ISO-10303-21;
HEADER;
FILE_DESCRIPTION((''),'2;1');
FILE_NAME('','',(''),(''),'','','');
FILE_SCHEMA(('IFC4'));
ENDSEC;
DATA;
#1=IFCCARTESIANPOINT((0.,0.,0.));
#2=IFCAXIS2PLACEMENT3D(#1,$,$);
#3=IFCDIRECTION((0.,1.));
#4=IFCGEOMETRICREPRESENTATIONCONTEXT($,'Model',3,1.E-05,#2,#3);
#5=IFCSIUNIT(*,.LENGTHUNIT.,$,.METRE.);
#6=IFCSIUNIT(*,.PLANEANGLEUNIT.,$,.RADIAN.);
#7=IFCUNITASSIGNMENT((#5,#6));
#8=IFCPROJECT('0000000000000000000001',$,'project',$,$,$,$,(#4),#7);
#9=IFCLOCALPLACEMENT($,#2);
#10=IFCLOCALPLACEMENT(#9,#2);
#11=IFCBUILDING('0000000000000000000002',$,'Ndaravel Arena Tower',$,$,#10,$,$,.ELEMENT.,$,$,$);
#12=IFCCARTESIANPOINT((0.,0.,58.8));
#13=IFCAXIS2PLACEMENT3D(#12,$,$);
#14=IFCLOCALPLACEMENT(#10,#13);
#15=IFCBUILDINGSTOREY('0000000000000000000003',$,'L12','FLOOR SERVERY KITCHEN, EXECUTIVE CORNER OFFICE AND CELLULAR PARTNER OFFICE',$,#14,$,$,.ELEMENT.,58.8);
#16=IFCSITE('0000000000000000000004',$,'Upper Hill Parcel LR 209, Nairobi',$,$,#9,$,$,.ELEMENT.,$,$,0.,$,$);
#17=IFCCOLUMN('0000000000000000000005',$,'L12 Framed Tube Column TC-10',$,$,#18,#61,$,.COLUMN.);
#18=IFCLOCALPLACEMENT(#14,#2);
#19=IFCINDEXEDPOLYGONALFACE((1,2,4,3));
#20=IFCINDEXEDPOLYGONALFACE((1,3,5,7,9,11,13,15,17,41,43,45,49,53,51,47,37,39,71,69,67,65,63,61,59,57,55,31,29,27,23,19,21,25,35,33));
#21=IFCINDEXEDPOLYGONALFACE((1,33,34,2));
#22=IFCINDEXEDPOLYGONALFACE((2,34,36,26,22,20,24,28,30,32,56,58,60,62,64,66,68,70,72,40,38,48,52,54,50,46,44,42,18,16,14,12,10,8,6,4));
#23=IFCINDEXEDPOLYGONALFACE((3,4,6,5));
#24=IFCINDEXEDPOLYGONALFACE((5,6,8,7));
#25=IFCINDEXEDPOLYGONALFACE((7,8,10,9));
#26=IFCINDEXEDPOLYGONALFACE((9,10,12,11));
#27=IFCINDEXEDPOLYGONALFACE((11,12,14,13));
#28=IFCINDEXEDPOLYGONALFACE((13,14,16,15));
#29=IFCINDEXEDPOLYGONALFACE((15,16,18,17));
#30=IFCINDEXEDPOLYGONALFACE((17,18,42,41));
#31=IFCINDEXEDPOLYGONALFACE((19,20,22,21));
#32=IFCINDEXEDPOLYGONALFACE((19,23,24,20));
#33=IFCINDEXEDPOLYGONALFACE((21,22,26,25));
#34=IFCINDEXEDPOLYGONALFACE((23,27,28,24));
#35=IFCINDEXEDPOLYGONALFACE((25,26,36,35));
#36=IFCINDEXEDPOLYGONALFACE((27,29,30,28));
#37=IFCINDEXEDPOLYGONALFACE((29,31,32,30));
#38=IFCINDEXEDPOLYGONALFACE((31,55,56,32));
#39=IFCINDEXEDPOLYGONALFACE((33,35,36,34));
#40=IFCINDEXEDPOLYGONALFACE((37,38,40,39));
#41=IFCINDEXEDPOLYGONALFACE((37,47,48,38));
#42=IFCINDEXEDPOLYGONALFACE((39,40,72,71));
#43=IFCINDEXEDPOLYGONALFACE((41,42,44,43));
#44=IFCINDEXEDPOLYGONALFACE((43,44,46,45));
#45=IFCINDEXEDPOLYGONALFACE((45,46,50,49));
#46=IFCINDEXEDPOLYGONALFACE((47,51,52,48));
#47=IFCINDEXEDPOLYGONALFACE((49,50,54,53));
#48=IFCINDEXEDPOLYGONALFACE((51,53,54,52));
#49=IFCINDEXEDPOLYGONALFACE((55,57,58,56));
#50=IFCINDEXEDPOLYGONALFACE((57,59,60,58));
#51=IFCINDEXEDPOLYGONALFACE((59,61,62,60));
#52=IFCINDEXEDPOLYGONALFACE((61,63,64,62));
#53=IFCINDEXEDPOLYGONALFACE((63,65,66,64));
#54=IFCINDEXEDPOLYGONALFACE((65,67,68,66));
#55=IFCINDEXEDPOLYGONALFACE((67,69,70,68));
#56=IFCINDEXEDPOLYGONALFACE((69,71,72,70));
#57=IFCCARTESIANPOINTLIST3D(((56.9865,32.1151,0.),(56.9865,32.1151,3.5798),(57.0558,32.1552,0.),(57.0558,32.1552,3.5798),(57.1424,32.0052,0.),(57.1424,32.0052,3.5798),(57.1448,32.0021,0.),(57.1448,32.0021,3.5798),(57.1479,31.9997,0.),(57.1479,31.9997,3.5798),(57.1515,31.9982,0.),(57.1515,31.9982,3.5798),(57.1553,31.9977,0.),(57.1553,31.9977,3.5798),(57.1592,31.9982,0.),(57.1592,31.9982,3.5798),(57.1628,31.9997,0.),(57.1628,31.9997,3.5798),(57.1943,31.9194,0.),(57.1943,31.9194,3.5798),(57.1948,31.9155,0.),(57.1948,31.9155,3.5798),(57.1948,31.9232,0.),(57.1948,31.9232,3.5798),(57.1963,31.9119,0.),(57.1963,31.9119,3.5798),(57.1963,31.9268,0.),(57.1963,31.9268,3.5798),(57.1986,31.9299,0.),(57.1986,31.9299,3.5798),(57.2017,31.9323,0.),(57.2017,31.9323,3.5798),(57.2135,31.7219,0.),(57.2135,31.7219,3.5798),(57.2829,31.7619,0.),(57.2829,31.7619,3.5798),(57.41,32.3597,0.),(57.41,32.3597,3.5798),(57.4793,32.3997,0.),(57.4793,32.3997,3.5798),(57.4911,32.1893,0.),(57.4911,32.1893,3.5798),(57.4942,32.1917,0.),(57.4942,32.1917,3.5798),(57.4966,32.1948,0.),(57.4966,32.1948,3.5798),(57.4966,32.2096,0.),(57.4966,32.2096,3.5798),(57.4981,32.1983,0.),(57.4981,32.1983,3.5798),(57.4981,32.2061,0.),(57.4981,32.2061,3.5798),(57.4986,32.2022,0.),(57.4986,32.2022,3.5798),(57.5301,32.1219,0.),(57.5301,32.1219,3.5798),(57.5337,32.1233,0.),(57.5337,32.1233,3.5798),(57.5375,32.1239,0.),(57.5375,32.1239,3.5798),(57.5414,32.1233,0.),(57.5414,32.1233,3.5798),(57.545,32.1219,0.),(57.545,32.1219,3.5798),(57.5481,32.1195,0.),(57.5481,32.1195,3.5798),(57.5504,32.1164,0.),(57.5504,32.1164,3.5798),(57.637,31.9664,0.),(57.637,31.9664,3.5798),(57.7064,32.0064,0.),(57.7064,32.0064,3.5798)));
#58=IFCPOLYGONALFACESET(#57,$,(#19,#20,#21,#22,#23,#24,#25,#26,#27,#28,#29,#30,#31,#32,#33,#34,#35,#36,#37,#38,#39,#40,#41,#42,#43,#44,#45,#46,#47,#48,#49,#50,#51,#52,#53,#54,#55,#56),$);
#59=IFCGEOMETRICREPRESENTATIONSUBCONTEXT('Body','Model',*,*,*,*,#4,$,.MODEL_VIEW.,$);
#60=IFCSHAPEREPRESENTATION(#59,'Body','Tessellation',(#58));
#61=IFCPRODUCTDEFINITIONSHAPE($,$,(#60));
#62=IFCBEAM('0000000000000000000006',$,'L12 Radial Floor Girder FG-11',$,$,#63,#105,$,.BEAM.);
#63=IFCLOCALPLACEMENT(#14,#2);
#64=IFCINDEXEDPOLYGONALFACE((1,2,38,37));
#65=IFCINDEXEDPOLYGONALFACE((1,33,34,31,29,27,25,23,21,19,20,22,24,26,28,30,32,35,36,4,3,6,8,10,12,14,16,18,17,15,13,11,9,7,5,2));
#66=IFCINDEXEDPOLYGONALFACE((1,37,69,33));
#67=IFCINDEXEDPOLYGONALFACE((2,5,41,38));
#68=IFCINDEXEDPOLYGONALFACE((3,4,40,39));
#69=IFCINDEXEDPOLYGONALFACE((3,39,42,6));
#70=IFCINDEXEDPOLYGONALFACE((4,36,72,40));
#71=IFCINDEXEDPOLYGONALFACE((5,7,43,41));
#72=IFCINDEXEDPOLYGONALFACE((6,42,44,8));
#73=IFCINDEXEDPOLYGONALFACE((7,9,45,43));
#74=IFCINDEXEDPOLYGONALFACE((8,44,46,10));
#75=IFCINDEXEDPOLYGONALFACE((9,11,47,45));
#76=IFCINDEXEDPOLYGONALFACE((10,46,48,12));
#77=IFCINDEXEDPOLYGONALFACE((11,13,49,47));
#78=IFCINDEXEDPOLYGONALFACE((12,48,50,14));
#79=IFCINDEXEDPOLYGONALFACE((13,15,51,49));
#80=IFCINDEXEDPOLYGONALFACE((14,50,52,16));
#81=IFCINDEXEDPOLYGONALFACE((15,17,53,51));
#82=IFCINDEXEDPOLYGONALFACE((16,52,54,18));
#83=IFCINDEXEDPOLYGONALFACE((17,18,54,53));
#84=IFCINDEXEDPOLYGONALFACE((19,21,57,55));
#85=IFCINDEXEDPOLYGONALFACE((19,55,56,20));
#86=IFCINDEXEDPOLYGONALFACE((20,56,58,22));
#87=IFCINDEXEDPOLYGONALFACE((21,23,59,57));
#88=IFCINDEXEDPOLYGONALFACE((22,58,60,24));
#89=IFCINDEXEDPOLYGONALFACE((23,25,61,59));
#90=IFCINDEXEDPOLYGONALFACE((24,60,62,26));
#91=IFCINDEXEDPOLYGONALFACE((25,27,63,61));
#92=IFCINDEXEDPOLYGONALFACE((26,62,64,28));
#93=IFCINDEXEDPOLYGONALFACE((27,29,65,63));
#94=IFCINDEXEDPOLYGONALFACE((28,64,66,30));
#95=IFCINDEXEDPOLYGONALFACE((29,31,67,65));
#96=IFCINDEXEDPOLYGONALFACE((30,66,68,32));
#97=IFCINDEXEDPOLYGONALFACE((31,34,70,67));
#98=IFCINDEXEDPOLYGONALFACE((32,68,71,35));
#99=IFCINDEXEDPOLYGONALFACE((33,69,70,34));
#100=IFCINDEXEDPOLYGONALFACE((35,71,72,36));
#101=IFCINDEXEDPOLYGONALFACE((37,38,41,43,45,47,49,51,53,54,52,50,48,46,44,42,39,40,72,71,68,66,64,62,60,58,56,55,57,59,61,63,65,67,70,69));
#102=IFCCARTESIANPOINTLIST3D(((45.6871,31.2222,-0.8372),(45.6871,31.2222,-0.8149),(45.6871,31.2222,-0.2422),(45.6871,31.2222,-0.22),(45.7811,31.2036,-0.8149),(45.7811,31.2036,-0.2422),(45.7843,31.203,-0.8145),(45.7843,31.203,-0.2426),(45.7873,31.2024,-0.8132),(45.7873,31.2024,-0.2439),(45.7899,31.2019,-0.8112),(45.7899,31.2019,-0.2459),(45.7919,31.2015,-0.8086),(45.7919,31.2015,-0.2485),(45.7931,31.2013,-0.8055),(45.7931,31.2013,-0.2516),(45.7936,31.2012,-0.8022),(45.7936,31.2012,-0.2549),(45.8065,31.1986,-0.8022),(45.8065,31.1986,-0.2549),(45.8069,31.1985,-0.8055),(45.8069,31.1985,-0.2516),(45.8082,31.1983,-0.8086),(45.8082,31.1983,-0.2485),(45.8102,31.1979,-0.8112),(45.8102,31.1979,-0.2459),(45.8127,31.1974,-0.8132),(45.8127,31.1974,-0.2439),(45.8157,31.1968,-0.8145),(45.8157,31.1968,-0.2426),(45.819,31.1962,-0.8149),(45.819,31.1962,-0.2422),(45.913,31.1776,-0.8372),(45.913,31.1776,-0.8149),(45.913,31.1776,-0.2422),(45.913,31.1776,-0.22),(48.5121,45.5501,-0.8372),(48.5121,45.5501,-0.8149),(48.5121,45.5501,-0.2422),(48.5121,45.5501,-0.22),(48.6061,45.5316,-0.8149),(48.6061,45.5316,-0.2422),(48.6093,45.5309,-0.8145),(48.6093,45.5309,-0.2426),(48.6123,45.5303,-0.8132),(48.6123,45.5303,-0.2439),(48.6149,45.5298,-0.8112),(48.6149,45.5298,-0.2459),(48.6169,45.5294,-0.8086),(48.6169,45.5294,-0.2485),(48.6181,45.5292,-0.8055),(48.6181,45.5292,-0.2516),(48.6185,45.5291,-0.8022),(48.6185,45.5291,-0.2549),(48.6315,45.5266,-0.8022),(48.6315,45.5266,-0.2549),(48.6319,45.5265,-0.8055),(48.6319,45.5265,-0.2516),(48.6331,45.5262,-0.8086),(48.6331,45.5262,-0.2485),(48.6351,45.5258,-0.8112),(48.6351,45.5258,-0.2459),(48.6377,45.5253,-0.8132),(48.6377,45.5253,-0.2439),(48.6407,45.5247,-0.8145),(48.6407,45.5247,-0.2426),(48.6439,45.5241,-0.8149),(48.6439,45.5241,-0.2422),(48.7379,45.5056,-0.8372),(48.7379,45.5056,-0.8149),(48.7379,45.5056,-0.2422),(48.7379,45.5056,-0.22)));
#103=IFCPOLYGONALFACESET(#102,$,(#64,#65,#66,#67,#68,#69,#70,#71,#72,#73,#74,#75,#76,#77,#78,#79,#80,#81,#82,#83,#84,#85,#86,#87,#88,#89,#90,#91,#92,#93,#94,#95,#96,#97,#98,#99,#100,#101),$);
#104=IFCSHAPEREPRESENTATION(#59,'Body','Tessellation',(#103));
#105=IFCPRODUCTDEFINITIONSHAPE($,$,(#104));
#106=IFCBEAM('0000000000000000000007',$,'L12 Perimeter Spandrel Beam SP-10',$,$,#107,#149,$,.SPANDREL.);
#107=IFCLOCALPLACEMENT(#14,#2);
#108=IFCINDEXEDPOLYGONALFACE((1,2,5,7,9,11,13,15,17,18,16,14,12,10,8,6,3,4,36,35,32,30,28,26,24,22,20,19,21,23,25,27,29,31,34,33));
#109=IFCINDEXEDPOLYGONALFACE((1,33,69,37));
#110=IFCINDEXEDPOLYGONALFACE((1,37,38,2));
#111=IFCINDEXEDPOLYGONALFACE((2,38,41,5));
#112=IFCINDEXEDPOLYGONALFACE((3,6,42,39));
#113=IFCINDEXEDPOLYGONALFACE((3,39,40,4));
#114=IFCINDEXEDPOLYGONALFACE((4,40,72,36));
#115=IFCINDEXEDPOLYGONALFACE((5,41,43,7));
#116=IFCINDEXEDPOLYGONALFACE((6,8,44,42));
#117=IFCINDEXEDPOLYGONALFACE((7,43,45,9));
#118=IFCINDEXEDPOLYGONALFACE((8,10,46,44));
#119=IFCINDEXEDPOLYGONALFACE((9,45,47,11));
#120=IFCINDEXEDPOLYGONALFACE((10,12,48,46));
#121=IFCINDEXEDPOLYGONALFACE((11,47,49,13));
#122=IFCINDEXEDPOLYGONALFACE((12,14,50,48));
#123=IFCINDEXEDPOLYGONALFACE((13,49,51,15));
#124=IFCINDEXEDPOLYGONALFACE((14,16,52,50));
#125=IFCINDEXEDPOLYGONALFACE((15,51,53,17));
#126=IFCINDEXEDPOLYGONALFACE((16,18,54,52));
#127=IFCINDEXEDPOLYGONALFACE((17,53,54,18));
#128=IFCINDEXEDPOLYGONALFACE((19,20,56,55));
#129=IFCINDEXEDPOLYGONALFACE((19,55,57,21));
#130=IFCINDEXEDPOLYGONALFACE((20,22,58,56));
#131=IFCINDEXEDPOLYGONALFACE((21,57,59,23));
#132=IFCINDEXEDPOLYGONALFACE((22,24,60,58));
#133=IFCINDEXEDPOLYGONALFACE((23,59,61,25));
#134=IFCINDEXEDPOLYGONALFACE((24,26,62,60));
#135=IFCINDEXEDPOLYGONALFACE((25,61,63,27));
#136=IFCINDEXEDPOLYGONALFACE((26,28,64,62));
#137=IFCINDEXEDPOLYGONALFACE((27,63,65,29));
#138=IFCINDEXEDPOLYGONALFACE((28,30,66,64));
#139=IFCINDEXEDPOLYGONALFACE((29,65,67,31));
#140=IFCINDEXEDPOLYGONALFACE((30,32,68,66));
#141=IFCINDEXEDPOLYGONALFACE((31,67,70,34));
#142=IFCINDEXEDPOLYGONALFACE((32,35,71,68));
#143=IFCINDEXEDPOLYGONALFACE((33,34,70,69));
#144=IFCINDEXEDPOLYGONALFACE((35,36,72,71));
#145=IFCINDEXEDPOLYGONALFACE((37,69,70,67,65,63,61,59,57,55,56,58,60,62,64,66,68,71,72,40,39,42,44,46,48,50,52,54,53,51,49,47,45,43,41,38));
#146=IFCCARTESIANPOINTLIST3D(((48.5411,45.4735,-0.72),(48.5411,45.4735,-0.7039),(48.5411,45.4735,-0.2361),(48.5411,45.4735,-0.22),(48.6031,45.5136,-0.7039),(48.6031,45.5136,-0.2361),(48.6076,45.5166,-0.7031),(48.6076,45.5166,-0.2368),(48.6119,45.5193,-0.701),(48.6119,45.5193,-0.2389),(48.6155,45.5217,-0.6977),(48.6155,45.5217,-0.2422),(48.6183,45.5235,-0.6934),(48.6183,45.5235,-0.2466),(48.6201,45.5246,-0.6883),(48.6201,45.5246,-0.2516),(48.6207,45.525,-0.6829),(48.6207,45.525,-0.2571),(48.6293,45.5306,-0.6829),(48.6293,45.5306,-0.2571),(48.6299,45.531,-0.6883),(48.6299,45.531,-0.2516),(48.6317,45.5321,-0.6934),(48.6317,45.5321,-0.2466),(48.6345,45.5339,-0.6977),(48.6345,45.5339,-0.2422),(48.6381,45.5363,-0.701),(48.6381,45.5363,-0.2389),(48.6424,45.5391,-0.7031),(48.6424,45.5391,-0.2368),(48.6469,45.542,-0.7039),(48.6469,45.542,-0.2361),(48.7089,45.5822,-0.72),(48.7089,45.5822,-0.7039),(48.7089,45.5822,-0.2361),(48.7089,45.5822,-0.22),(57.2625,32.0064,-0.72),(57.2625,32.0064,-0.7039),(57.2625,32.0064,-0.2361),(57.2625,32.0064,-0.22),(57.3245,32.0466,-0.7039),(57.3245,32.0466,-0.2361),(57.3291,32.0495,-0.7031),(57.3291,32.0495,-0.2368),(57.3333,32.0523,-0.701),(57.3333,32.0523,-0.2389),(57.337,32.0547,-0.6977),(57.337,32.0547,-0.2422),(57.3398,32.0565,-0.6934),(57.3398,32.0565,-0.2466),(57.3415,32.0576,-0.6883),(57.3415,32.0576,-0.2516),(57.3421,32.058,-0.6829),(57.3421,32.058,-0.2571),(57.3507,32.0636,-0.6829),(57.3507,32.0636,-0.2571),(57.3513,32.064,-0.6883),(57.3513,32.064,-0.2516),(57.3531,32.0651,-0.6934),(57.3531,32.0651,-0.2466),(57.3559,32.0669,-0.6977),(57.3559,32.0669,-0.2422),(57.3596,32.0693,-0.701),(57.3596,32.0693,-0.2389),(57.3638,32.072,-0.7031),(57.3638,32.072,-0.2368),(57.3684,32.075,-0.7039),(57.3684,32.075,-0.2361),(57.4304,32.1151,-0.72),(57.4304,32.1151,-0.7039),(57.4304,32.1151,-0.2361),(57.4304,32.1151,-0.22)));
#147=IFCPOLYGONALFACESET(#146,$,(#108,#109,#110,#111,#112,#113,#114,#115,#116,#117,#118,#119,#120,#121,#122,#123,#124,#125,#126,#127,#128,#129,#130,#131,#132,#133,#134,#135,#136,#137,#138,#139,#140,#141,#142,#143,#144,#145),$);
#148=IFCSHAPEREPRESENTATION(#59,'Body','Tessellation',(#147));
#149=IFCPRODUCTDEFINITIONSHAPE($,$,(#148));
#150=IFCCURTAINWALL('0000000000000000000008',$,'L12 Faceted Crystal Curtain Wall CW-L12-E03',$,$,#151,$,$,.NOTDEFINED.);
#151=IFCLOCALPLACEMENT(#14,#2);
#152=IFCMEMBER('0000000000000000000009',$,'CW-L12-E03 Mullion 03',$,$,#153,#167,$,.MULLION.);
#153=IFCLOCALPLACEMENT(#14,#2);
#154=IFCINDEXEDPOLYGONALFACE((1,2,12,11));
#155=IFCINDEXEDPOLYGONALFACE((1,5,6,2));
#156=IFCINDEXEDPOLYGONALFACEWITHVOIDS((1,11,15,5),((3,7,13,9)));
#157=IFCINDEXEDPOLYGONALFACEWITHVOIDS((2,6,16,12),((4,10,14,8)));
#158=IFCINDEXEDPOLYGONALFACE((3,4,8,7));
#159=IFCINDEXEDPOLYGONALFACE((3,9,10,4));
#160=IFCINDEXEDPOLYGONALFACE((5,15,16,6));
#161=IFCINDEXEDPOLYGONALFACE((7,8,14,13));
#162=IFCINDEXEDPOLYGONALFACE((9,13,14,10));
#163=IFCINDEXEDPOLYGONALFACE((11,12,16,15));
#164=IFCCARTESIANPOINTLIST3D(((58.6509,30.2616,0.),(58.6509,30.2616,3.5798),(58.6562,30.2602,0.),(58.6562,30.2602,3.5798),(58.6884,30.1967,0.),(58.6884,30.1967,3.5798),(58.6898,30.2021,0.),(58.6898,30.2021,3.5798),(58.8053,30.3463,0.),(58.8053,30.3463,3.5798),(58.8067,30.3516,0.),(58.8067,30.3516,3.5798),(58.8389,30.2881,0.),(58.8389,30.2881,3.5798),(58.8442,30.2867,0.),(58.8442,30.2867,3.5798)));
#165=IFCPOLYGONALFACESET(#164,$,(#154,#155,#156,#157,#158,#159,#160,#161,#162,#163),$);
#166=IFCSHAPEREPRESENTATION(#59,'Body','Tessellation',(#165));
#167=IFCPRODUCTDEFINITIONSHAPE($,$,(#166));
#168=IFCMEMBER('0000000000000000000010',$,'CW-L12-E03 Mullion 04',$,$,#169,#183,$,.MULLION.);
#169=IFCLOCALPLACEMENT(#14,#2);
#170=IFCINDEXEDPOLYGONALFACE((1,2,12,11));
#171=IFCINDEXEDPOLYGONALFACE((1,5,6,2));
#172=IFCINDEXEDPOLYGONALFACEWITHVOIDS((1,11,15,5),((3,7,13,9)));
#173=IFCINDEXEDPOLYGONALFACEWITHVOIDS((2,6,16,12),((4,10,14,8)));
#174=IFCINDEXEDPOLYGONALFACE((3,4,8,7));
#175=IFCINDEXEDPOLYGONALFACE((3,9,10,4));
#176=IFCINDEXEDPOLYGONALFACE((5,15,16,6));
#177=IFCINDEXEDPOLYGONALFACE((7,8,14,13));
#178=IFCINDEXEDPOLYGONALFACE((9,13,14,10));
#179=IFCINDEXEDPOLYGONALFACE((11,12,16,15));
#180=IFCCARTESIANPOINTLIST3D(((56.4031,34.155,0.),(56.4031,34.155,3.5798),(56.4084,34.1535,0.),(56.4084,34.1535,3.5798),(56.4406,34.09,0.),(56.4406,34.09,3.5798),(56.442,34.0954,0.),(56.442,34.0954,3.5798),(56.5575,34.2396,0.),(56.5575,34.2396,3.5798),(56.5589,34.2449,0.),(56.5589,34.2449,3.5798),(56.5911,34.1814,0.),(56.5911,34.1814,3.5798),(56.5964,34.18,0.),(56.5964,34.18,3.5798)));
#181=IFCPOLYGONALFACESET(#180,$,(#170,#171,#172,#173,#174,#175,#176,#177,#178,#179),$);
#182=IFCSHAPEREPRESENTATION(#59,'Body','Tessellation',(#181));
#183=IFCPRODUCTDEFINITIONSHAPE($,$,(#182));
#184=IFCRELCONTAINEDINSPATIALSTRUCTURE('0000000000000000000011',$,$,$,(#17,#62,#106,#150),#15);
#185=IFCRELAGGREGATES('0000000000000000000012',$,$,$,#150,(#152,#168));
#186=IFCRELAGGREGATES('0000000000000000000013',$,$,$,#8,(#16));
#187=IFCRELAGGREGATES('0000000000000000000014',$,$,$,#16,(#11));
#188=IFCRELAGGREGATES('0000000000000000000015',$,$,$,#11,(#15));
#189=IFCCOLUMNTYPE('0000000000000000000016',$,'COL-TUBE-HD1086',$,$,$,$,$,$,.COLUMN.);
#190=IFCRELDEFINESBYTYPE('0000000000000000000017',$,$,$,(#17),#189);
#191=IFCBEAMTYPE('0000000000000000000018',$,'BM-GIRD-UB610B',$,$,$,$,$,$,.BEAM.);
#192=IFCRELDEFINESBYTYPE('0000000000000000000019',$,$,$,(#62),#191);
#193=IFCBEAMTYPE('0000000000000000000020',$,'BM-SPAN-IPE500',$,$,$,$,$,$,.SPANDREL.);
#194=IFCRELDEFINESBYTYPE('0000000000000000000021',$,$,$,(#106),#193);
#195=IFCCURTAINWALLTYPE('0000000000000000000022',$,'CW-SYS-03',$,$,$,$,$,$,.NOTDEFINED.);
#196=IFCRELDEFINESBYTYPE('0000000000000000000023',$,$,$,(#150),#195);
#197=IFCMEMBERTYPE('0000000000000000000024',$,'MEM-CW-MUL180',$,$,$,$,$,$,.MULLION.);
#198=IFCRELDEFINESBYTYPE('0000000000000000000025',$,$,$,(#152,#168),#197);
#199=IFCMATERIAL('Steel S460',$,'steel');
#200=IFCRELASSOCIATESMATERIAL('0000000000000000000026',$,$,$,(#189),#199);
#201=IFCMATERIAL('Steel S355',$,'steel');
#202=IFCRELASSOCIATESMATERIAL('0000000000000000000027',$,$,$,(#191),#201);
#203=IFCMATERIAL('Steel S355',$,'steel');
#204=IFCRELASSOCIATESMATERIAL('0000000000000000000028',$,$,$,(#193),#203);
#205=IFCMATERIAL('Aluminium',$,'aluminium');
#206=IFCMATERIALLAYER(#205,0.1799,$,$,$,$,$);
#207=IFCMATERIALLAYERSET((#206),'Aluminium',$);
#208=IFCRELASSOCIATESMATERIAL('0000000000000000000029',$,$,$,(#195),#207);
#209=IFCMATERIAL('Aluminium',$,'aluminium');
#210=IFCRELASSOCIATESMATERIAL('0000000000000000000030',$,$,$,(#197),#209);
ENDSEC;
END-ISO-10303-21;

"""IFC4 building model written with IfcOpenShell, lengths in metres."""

from ifc_helpers import new_model, si_unit, direction, frame, origin, origin_2d, place, context, subcontext, project, spatial, hollow_rectangle, i_section, extrude, material, layer, layer_set, material_profile, profile_set, type_object, element, aggregate, save


model = new_model("IFC4")

# Units and contexts
model_context = context("Model", 3, precision=1e-05, world=origin(), true_north=direction((0.0, 1.0)))
body_context = subcontext(model_context, "Body", "Model", "MODEL_VIEW")
ifc_project = project(units=[si_unit("LENGTHUNIT", "METRE"), si_unit("PLANEANGLEUNIT", "RADIAN")], contexts=[model_context])

# Site, building, storey
site_placement = place(None, origin())
site = spatial("IfcSite", under=ifc_project, at=site_placement, Name="Upper Hill Parcel LR 209, Nairobi", CompositionType="ELEMENT", RefElevation=0.0)
building_placement = place(site_placement, origin())
building = spatial("IfcBuilding", under=site, at=building_placement, Name="Ndaravel Arena Tower", CompositionType="ELEMENT")
storey_placement = place(building_placement, frame((0.0, 0.0, 58.8)))
storey = spatial("IfcBuildingStorey", under=building, at=storey_placement, Name="L12", Description="FLOOR SERVERY KITCHEN, EXECUTIVE CORNER OFFICE AND CELLULAR PARTNER OFFICE", CompositionType="ELEMENT", Elevation=58.8)

# Column
ifc_material_1 = material(Name="Steel S460", Category="steel")
ifc_material_profile_1 = material_profile(ifc_material_1, i_section(OverallWidth=0.4541, OverallDepth=0.5691, WebThickness=0.0779, FlangeThickness=0.0801, FilletRadius=0.0149, at=origin_2d()), Name="HD 400x1086")
ifc_profile_set_1 = profile_set([ifc_material_profile_1], Name="Steel S460")
column_type = type_object("IfcColumnType", Name="COL-TUBE-HD1086", PredefinedType="COLUMN", material=ifc_profile_set_1)
column_placement = place(storey_placement, frame((57.3464, 32.0608, 0.0), z_axis=(0.0, 0.0, 1.0), x_axis=(-0.5, 0.866025, 0.0)))
element("IfcColumn", 1, at=column_placement, inside=storey, type_object=column_type, Name="L12 Framed Tube Column TC-10", PredefinedType="COLUMN", context=body_context, shape_type="SweptSolid", body=[
    extrude(i_section(OverallWidth=0.4541, OverallDepth=0.5691, WebThickness=0.0779, FlangeThickness=0.0801, FilletRadius=0.0149, at=origin_2d()), origin(), (0.0, 0.0, 1.0), 3.5798),
])

# Beams
ifc_material_2 = material(Name="Steel S355", Category="steel")
ifc_material_profile_2 = material_profile(ifc_material_2, i_section(OverallWidth=0.2302, OverallDepth=0.6172, WebThickness=0.0132, FlangeThickness=0.0222, FilletRadius=0.0127, at=origin_2d()), Name="UB 610x229x140")
ifc_profile_set_2 = profile_set([ifc_material_profile_2], Name="Steel S355")
beam_type_1 = type_object("IfcBeamType", Name="BM-GIRD-UB610B", PredefinedType="BEAM", material=ifc_profile_set_2)
beam_1_placement = place(storey_placement, frame((48.625, 45.5278, -0.5286), z_axis=(-0.193441, -0.981112, 0.0), x_axis=(0.981112, -0.193441, 0.0)))
element("IfcBeam", 2, at=beam_1_placement, inside=storey, type_object=beam_type_1, Name="L12 Radial Floor Girder FG-11", PredefinedType="BEAM", context=body_context, shape_type="SweptSolid", body=[
    extrude(i_section(OverallWidth=0.2302, OverallDepth=0.6172, WebThickness=0.0132, FlangeThickness=0.0222, FilletRadius=0.0127, at=origin_2d()), origin(), (0.0, 0.0, 1.0), 14.6038),
])
ifc_material_3 = material(Name="Steel S355", Category="steel")
ifc_material_profile_3 = material_profile(ifc_material_3, i_section(OverallWidth=0.2, OverallDepth=0.5, WebThickness=0.0103, FlangeThickness=0.0161, FilletRadius=0.021, at=origin_2d()), Name="IPE 500")
ifc_profile_set_3 = profile_set([ifc_material_profile_3], Name="Steel S355")
beam_type_2 = type_object("IfcBeamType", Name="BM-SPAN-IPE500", PredefinedType="SPANDREL", material=ifc_profile_set_3)
beam_2_placement = place(storey_placement, frame((57.3464, 32.0608, -0.47), z_axis=(-0.543579, 0.839358, 0.0), x_axis=(-0.839358, -0.543579, 0.0)))
element("IfcBeam", 3, at=beam_2_placement, inside=storey, type_object=beam_type_2, Name="L12 Perimeter Spandrel Beam SP-10", PredefinedType="SPANDREL", context=body_context, shape_type="SweptSolid", body=[
    extrude(i_section(OverallWidth=0.2, OverallDepth=0.5, WebThickness=0.0103, FlangeThickness=0.0161, FilletRadius=0.021, at=origin_2d()), origin(), (0.0, 0.0, 1.0), 16.0444),
])

# Curtain wall, members
ifc_material_4 = material(Name="Aluminium", Category="aluminium")
ifc_layer_1 = layer(ifc_material_4, 0.1799)
ifc_layer_set_1 = layer_set([ifc_layer_1], Name="Aluminium")
curtain_wall_type_1 = type_object("IfcCurtainWallType", Name="CW-SYS-03", PredefinedType="NOTDEFINED", material=ifc_layer_set_1)
curtain_wall_1_placement = place(storey_placement, origin())
curtain_wall_1 = element("IfcCurtainWall", 4, at=curtain_wall_1_placement, inside=storey, type_object=curtain_wall_type_1, Name="L12 Faceted Crystal Curtain Wall CW-L12-E03", PredefinedType="NOTDEFINED")
ifc_material_5 = material(Name="Aluminium", Category="aluminium")
ifc_material_profile_4 = material_profile(ifc_material_5, hollow_rectangle(XDim=0.075, YDim=0.1799, WallThickness=0.0039, at=origin_2d()), Name="CW MULLION 75x180x4")
ifc_profile_set_4 = profile_set([ifc_material_profile_4], Name="Aluminium")
member_type_1 = type_object("IfcMemberType", Name="MEM-CW-MUL180", PredefinedType="MULLION", material=ifc_profile_set_4)
member_1_placement = place(storey_placement, frame((58.7476, 30.2742, 0.0), z_axis=(0.0, 0.0, 1.0), x_axis=(-0.5, 0.866025, 0.0)))
member_1 = element("IfcMember", 5, at=member_1_placement, type_object=member_type_1, Name="CW-L12-E03 Mullion 03", PredefinedType="MULLION", context=body_context, shape_type="SweptSolid", body=[
    extrude(hollow_rectangle(XDim=0.075, YDim=0.1799, WallThickness=0.0039, at=origin_2d()), origin(), (0.0, 0.0, 1.0), 3.5798),
])
member_2_placement = place(storey_placement, frame((56.4998, 34.1675, 0.0), z_axis=(0.0, 0.0, 1.0), x_axis=(-0.5, 0.866025, 0.0)))
member_2 = element("IfcMember", 6, at=member_2_placement, type_object=member_type_1, Name="CW-L12-E03 Mullion 04", PredefinedType="MULLION", context=body_context, shape_type="SweptSolid", body=[
    extrude(hollow_rectangle(XDim=0.075, YDim=0.1799, WallThickness=0.0039, at=origin_2d()), origin(), (0.0, 0.0, 1.0), 3.5798),
])

aggregate(curtain_wall_1, [member_1, member_2])

save(model, "model.ifc")
